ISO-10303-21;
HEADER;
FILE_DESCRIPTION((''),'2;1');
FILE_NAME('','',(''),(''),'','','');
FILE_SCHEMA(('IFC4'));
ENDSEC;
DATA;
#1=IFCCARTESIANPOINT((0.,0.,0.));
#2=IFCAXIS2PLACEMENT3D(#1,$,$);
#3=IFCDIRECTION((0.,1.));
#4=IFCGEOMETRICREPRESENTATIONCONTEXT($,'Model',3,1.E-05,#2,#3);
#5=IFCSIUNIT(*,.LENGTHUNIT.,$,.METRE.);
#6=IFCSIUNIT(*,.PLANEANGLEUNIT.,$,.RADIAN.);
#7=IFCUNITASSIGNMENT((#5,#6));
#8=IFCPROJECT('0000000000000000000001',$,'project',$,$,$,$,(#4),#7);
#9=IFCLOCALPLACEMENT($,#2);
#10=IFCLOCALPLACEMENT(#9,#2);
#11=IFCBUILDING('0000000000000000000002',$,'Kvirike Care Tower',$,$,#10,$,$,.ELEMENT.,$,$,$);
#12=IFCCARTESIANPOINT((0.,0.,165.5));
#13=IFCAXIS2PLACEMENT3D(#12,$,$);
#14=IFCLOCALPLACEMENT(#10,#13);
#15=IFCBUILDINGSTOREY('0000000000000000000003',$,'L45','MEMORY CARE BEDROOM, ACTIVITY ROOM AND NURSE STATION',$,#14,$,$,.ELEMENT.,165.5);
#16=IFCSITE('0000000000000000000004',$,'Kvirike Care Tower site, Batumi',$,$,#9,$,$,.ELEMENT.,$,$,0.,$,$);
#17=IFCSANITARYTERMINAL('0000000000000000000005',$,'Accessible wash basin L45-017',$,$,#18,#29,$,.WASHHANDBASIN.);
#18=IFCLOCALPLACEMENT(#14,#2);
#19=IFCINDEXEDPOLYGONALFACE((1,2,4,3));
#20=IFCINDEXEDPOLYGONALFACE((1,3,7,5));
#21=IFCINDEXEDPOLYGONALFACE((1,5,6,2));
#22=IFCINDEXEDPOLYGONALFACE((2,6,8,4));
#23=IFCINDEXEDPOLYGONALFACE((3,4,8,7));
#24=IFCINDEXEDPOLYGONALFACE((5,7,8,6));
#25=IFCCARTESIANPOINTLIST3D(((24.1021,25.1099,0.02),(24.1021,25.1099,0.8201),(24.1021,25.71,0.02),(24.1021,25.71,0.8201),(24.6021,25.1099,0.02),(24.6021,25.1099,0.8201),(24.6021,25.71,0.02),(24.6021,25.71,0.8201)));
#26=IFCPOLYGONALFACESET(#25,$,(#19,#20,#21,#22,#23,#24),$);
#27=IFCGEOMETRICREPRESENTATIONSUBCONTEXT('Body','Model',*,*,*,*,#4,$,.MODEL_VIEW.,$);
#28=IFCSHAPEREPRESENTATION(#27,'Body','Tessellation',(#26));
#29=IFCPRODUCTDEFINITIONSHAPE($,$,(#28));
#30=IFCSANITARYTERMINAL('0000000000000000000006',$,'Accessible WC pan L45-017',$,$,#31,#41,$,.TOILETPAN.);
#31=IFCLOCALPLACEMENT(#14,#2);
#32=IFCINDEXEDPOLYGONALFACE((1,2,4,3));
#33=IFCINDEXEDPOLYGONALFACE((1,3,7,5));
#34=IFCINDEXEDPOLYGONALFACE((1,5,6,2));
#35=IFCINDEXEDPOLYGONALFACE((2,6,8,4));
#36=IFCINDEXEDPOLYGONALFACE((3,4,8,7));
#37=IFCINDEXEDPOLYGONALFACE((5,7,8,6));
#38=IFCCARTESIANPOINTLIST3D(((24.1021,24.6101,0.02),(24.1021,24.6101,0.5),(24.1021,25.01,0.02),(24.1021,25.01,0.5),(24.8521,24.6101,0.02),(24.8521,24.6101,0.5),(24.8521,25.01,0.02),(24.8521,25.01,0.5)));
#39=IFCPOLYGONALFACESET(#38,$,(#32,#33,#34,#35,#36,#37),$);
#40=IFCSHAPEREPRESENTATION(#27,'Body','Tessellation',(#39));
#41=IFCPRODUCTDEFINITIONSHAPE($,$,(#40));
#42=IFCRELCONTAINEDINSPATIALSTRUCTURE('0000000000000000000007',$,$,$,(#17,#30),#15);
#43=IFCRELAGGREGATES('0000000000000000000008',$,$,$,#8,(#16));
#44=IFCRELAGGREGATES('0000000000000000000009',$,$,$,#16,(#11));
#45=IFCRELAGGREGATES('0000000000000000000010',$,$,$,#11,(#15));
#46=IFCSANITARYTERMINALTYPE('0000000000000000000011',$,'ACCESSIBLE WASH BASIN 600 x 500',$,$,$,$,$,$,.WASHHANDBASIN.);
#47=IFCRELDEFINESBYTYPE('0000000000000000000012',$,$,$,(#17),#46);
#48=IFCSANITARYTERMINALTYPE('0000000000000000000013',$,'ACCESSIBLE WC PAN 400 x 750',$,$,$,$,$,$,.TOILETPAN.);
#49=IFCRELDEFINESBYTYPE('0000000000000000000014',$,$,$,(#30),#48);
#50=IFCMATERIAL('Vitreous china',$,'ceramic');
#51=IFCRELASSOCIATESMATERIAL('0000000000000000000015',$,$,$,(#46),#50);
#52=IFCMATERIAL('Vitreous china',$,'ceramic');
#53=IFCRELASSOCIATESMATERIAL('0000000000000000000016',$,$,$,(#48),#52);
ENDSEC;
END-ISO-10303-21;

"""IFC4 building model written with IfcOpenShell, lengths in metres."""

from ifc_helpers import new_model, si_unit, direction, frame, origin, origin_2d, place, context, subcontext, project, spatial, rectangle, extrude, material, type_object, element, save


model = new_model("IFC4")

# Units and contexts
model_context = context("Model", 3, precision=1e-05, world=origin(), true_north=direction((0.0, 1.0)))
body_context = subcontext(model_context, "Body", "Model", "MODEL_VIEW")
ifc_project = project(units=[si_unit("LENGTHUNIT", "METRE"), si_unit("PLANEANGLEUNIT", "RADIAN")], contexts=[model_context])

# Site, building, storey
site_placement = place(None, origin())
site = spatial("IfcSite", under=ifc_project, at=site_placement, Name="Kvirike Care Tower site, Batumi", CompositionType="ELEMENT", RefElevation=0.0)
building_placement = place(site_placement, origin())
building = spatial("IfcBuilding", under=site, at=building_placement, Name="Kvirike Care Tower", CompositionType="ELEMENT")
storey_placement = place(building_placement, frame((0.0, 0.0, 165.5)))
storey = spatial("IfcBuildingStorey", under=building, at=storey_placement, Name="L45", Description="MEMORY CARE BEDROOM, ACTIVITY ROOM AND NURSE STATION", CompositionType="ELEMENT", Elevation=165.5)

# Sanitary terminals
ifc_material_1 = material(Name="Vitreous china", Category="ceramic")
sanitary_terminal_type_1 = type_object("IfcSanitaryTerminalType", Name="ACCESSIBLE WASH BASIN 600 x 500", PredefinedType="WASHHANDBASIN", material=ifc_material_1)
sanitary_terminal_1_placement = place(storey_placement, frame((24.3521, 25.4099, 0.02), z_axis=(0.0, 0.0, 1.0), x_axis=(0.0, 1.0, 0.0)))
element("IfcSanitaryTerminal", 1, at=sanitary_terminal_1_placement, inside=storey, type_object=sanitary_terminal_type_1, Name="Accessible wash basin L45-017", PredefinedType="WASHHANDBASIN", context=body_context, shape_type="SweptSolid", body=[
    extrude(rectangle(XDim=0.6001, YDim=0.5, at=origin_2d()), origin(), (0.0, 0.0, 1.0), 0.8),
])
ifc_material_2 = material(Name="Vitreous china", Category="ceramic")
sanitary_terminal_type_2 = type_object("IfcSanitaryTerminalType", Name="ACCESSIBLE WC PAN 400 x 750", PredefinedType="TOILETPAN", material=ifc_material_2)
sanitary_terminal_2_placement = place(storey_placement, frame((24.4771, 24.8101, 0.02), z_axis=(0.0, 0.0, 1.0), x_axis=(0.0, 1.0, 0.0)))
element("IfcSanitaryTerminal", 2, at=sanitary_terminal_2_placement, inside=storey, type_object=sanitary_terminal_type_2, Name="Accessible WC pan L45-017", PredefinedType="TOILETPAN", context=body_context, shape_type="SweptSolid", body=[
    extrude(rectangle(XDim=0.3999, YDim=0.75, at=origin_2d()), origin(), (0.0, 0.0, 1.0), 0.48),
])

save(model, "model.ifc")
